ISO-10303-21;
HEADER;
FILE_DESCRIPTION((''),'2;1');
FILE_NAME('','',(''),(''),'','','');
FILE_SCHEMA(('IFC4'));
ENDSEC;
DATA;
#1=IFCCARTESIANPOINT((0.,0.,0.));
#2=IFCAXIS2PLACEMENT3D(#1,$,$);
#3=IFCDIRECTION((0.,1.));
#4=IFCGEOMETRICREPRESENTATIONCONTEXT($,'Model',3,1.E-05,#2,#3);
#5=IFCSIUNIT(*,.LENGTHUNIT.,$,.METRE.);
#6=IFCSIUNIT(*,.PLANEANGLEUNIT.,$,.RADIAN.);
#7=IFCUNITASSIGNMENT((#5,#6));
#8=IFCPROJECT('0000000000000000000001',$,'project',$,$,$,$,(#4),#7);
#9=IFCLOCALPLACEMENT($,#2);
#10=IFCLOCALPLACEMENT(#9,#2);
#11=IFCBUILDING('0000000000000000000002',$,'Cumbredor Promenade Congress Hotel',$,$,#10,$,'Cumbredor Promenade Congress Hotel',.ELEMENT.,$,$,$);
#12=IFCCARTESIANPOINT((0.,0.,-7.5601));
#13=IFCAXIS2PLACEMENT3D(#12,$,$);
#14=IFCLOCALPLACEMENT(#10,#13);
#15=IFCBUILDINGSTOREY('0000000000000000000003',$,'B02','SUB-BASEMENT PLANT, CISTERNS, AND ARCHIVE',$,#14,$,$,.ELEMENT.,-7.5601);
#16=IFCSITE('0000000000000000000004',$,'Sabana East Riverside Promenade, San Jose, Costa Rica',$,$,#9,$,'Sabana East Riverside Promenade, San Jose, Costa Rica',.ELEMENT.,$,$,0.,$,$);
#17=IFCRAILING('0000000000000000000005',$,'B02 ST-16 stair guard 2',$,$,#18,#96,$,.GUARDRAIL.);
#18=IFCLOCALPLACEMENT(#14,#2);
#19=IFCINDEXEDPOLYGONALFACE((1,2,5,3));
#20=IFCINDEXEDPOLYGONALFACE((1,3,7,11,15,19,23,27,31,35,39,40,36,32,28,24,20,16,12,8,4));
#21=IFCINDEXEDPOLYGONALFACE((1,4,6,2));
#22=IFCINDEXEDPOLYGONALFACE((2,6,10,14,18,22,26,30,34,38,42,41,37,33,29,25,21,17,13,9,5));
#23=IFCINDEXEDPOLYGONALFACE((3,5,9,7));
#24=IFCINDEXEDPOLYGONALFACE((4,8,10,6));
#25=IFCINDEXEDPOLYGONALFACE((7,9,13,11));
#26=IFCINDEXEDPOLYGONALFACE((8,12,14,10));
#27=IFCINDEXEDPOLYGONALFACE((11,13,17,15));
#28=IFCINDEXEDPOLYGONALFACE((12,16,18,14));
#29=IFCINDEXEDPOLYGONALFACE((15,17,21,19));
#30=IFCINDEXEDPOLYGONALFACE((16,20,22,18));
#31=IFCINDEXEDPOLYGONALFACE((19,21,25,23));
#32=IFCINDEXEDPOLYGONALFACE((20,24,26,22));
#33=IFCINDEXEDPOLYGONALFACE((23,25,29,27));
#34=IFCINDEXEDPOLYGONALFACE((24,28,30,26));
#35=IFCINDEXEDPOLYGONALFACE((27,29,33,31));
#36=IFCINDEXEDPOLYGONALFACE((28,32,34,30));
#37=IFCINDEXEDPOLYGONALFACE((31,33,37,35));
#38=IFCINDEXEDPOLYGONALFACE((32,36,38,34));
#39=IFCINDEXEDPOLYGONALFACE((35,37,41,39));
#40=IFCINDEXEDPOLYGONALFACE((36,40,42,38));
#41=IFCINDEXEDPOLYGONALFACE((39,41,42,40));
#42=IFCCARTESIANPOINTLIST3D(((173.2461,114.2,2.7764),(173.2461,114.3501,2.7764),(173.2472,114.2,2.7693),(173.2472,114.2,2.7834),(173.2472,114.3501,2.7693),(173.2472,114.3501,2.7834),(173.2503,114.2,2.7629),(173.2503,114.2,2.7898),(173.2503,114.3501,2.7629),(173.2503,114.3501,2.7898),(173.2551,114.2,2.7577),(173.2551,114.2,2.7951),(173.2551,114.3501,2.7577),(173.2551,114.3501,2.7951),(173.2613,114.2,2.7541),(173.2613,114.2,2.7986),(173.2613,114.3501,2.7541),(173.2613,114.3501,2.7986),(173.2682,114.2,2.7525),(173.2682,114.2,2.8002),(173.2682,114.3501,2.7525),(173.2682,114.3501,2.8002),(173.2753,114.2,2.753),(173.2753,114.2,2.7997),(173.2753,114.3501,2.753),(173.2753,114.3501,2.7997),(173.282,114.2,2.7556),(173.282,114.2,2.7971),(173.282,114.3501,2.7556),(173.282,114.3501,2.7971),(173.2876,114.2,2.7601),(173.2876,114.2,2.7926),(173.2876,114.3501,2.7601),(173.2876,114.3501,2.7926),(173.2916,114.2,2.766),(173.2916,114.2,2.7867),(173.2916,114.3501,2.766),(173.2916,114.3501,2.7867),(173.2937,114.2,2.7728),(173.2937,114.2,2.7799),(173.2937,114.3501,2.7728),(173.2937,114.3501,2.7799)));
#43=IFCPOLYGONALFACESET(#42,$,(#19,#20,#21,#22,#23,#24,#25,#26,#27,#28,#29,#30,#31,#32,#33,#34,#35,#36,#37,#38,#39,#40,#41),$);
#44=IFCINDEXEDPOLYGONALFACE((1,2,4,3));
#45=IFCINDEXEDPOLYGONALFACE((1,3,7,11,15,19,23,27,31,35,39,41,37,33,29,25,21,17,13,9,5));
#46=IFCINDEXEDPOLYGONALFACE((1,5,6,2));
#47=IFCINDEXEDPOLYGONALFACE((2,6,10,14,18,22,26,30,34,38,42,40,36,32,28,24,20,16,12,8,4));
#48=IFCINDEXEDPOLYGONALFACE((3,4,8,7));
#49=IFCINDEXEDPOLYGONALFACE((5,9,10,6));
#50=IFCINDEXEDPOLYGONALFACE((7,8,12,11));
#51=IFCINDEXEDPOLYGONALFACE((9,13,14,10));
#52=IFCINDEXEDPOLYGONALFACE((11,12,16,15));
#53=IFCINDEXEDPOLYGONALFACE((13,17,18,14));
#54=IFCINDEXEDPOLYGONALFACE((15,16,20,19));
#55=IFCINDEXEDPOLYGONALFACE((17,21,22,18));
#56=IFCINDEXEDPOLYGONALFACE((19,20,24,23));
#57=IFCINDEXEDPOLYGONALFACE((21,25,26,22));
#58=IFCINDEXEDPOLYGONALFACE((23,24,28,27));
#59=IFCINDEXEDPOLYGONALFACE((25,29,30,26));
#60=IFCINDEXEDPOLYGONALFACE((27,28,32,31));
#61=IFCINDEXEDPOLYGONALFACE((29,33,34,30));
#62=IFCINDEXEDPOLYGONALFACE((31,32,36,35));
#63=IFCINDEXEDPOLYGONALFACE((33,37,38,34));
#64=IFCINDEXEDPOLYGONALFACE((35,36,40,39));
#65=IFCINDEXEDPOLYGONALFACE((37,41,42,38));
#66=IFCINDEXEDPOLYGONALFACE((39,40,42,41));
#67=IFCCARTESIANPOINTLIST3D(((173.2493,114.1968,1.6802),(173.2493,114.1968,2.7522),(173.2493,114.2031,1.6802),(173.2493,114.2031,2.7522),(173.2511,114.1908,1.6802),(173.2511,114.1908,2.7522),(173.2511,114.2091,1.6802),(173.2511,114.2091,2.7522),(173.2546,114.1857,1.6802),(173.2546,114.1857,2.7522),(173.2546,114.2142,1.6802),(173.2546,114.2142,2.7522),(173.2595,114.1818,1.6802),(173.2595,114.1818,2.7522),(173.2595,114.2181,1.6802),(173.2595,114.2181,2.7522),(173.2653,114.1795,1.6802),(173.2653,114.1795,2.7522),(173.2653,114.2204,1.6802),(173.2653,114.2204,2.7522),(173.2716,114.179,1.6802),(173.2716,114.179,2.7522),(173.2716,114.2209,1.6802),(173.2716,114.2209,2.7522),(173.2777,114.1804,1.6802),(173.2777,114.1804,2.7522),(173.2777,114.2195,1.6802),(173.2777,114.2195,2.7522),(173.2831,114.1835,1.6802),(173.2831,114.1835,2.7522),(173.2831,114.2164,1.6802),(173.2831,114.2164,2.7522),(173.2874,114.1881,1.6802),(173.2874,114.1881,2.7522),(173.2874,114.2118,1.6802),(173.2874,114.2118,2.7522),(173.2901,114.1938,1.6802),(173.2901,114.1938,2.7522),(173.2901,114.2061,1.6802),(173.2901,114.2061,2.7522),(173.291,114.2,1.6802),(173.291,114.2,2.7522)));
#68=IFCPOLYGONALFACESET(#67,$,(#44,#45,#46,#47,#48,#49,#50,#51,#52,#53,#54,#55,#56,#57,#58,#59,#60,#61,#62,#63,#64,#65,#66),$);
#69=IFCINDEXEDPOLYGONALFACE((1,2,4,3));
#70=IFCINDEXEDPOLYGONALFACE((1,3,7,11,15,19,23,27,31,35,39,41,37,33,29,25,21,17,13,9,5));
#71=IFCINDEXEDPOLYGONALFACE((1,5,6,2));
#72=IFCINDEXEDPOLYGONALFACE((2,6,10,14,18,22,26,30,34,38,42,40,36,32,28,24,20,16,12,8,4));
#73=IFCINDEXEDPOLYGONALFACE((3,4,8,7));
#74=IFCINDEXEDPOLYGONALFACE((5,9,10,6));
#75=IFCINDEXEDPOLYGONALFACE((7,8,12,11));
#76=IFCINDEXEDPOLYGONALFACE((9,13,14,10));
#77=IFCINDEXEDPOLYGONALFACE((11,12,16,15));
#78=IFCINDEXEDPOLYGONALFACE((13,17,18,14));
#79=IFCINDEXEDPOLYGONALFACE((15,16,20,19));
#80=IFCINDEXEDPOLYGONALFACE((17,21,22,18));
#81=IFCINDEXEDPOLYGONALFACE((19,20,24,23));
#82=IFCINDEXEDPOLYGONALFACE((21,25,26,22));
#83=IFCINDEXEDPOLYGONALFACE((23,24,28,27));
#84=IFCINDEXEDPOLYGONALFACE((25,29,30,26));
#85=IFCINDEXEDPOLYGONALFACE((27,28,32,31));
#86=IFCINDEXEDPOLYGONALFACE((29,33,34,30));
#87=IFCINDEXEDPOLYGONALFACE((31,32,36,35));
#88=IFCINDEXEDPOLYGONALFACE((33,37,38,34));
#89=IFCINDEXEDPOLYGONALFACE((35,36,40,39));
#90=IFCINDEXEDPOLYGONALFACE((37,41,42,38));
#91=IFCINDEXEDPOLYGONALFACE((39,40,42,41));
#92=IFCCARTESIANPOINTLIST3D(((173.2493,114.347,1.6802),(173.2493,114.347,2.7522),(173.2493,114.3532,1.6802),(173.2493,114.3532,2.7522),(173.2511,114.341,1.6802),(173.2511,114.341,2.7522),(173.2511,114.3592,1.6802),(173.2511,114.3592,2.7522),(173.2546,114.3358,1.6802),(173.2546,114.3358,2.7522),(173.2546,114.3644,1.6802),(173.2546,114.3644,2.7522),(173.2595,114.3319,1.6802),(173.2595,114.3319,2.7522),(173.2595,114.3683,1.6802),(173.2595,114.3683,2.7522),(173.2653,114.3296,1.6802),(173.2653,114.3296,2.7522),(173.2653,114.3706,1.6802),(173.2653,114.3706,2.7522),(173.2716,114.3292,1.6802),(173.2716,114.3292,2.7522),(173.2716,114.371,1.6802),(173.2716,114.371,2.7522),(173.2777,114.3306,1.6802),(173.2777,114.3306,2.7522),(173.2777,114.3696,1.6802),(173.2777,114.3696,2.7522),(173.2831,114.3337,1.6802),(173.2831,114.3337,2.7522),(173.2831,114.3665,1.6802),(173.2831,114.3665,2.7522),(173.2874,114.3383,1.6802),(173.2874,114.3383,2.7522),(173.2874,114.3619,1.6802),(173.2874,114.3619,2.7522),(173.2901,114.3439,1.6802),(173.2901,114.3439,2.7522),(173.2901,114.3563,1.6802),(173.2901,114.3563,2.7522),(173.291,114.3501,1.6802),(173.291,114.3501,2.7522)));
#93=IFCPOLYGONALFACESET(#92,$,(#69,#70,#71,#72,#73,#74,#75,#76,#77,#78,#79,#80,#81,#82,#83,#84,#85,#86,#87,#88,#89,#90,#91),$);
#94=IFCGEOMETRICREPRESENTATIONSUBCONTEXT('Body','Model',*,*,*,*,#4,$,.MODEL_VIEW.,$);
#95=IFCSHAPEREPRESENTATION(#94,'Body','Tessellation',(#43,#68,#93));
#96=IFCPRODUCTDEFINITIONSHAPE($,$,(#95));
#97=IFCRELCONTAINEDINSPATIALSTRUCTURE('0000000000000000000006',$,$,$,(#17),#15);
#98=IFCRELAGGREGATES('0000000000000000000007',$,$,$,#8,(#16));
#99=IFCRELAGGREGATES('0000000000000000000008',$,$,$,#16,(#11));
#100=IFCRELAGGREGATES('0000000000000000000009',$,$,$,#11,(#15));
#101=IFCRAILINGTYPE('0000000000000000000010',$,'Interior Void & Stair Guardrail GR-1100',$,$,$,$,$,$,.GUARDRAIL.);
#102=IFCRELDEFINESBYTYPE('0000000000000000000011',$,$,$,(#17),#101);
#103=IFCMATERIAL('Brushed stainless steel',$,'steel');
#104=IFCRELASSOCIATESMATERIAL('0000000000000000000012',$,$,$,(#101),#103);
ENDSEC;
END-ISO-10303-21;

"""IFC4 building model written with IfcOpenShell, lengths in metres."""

from ifc_helpers import new_model, si_unit, direction, frame, origin, origin_2d, place, context, subcontext, project, spatial, circle, extrude, material, type_object, element, save


model = new_model("IFC4")

# Units and contexts
model_context = context("Model", 3, precision=1e-05, world=origin(), true_north=direction((0.0, 1.0)))
body_context = subcontext(model_context, "Body", "Model", "MODEL_VIEW")
ifc_project = project(units=[si_unit("LENGTHUNIT", "METRE"), si_unit("PLANEANGLEUNIT", "RADIAN")], contexts=[model_context])

# Site, building, storey
site_placement = place(None, origin())
site = spatial("IfcSite", under=ifc_project, at=site_placement, Name="Sabana East Riverside Promenade, San Jose, Costa Rica", LongName="Sabana East Riverside Promenade, San Jose, Costa Rica", CompositionType="ELEMENT", RefElevation=0.0)
building_placement = place(site_placement, origin())
building = spatial("IfcBuilding", under=site, at=building_placement, Name="Cumbredor Promenade Congress Hotel", LongName="Cumbredor Promenade Congress Hotel", CompositionType="ELEMENT")
storey_placement = place(building_placement, frame((0.0, 0.0, -7.5601)))
storey = spatial("IfcBuildingStorey", under=building, at=storey_placement, Name="B02", Description="SUB-BASEMENT PLANT, CISTERNS, AND ARCHIVE", CompositionType="ELEMENT", Elevation=-7.5601)

# Railing
ifc_material_1 = material(Name="Brushed stainless steel", Category="steel")
railing_type_1 = type_object("IfcRailingType", Name="Interior Void & Stair Guardrail GR-1100", PredefinedType="GUARDRAIL", material=ifc_material_1)
railing_1_placement = place(storey_placement, frame((173.27, 114.2, 1.6802)))
element("IfcRailing", 1, at=railing_1_placement, inside=storey, type_object=railing_type_1, Name="B02 ST-16 stair guard 2", PredefinedType="GUARDRAIL", context=body_context, shape_type="SweptSolid", body=[
    extrude(circle(Radius=0.0239, at=origin_2d()), frame((0.0, 0.0, 1.0962), z_axis=(0.0, 1.0, 0.0), x_axis=(-1.0, 0.0, 0.0)), (0.0, 0.0, 1.0), 0.1501),
    extrude(circle(Radius=0.021, at=origin_2d()), origin(), (0.0, 0.0, 1.0), 1.072),
    extrude(circle(Radius=0.021, at=origin_2d()), frame((0.0, 0.1501, 0.0)), (0.0, 0.0, 1.0), 1.072),
])

save(model, "model.ifc")
